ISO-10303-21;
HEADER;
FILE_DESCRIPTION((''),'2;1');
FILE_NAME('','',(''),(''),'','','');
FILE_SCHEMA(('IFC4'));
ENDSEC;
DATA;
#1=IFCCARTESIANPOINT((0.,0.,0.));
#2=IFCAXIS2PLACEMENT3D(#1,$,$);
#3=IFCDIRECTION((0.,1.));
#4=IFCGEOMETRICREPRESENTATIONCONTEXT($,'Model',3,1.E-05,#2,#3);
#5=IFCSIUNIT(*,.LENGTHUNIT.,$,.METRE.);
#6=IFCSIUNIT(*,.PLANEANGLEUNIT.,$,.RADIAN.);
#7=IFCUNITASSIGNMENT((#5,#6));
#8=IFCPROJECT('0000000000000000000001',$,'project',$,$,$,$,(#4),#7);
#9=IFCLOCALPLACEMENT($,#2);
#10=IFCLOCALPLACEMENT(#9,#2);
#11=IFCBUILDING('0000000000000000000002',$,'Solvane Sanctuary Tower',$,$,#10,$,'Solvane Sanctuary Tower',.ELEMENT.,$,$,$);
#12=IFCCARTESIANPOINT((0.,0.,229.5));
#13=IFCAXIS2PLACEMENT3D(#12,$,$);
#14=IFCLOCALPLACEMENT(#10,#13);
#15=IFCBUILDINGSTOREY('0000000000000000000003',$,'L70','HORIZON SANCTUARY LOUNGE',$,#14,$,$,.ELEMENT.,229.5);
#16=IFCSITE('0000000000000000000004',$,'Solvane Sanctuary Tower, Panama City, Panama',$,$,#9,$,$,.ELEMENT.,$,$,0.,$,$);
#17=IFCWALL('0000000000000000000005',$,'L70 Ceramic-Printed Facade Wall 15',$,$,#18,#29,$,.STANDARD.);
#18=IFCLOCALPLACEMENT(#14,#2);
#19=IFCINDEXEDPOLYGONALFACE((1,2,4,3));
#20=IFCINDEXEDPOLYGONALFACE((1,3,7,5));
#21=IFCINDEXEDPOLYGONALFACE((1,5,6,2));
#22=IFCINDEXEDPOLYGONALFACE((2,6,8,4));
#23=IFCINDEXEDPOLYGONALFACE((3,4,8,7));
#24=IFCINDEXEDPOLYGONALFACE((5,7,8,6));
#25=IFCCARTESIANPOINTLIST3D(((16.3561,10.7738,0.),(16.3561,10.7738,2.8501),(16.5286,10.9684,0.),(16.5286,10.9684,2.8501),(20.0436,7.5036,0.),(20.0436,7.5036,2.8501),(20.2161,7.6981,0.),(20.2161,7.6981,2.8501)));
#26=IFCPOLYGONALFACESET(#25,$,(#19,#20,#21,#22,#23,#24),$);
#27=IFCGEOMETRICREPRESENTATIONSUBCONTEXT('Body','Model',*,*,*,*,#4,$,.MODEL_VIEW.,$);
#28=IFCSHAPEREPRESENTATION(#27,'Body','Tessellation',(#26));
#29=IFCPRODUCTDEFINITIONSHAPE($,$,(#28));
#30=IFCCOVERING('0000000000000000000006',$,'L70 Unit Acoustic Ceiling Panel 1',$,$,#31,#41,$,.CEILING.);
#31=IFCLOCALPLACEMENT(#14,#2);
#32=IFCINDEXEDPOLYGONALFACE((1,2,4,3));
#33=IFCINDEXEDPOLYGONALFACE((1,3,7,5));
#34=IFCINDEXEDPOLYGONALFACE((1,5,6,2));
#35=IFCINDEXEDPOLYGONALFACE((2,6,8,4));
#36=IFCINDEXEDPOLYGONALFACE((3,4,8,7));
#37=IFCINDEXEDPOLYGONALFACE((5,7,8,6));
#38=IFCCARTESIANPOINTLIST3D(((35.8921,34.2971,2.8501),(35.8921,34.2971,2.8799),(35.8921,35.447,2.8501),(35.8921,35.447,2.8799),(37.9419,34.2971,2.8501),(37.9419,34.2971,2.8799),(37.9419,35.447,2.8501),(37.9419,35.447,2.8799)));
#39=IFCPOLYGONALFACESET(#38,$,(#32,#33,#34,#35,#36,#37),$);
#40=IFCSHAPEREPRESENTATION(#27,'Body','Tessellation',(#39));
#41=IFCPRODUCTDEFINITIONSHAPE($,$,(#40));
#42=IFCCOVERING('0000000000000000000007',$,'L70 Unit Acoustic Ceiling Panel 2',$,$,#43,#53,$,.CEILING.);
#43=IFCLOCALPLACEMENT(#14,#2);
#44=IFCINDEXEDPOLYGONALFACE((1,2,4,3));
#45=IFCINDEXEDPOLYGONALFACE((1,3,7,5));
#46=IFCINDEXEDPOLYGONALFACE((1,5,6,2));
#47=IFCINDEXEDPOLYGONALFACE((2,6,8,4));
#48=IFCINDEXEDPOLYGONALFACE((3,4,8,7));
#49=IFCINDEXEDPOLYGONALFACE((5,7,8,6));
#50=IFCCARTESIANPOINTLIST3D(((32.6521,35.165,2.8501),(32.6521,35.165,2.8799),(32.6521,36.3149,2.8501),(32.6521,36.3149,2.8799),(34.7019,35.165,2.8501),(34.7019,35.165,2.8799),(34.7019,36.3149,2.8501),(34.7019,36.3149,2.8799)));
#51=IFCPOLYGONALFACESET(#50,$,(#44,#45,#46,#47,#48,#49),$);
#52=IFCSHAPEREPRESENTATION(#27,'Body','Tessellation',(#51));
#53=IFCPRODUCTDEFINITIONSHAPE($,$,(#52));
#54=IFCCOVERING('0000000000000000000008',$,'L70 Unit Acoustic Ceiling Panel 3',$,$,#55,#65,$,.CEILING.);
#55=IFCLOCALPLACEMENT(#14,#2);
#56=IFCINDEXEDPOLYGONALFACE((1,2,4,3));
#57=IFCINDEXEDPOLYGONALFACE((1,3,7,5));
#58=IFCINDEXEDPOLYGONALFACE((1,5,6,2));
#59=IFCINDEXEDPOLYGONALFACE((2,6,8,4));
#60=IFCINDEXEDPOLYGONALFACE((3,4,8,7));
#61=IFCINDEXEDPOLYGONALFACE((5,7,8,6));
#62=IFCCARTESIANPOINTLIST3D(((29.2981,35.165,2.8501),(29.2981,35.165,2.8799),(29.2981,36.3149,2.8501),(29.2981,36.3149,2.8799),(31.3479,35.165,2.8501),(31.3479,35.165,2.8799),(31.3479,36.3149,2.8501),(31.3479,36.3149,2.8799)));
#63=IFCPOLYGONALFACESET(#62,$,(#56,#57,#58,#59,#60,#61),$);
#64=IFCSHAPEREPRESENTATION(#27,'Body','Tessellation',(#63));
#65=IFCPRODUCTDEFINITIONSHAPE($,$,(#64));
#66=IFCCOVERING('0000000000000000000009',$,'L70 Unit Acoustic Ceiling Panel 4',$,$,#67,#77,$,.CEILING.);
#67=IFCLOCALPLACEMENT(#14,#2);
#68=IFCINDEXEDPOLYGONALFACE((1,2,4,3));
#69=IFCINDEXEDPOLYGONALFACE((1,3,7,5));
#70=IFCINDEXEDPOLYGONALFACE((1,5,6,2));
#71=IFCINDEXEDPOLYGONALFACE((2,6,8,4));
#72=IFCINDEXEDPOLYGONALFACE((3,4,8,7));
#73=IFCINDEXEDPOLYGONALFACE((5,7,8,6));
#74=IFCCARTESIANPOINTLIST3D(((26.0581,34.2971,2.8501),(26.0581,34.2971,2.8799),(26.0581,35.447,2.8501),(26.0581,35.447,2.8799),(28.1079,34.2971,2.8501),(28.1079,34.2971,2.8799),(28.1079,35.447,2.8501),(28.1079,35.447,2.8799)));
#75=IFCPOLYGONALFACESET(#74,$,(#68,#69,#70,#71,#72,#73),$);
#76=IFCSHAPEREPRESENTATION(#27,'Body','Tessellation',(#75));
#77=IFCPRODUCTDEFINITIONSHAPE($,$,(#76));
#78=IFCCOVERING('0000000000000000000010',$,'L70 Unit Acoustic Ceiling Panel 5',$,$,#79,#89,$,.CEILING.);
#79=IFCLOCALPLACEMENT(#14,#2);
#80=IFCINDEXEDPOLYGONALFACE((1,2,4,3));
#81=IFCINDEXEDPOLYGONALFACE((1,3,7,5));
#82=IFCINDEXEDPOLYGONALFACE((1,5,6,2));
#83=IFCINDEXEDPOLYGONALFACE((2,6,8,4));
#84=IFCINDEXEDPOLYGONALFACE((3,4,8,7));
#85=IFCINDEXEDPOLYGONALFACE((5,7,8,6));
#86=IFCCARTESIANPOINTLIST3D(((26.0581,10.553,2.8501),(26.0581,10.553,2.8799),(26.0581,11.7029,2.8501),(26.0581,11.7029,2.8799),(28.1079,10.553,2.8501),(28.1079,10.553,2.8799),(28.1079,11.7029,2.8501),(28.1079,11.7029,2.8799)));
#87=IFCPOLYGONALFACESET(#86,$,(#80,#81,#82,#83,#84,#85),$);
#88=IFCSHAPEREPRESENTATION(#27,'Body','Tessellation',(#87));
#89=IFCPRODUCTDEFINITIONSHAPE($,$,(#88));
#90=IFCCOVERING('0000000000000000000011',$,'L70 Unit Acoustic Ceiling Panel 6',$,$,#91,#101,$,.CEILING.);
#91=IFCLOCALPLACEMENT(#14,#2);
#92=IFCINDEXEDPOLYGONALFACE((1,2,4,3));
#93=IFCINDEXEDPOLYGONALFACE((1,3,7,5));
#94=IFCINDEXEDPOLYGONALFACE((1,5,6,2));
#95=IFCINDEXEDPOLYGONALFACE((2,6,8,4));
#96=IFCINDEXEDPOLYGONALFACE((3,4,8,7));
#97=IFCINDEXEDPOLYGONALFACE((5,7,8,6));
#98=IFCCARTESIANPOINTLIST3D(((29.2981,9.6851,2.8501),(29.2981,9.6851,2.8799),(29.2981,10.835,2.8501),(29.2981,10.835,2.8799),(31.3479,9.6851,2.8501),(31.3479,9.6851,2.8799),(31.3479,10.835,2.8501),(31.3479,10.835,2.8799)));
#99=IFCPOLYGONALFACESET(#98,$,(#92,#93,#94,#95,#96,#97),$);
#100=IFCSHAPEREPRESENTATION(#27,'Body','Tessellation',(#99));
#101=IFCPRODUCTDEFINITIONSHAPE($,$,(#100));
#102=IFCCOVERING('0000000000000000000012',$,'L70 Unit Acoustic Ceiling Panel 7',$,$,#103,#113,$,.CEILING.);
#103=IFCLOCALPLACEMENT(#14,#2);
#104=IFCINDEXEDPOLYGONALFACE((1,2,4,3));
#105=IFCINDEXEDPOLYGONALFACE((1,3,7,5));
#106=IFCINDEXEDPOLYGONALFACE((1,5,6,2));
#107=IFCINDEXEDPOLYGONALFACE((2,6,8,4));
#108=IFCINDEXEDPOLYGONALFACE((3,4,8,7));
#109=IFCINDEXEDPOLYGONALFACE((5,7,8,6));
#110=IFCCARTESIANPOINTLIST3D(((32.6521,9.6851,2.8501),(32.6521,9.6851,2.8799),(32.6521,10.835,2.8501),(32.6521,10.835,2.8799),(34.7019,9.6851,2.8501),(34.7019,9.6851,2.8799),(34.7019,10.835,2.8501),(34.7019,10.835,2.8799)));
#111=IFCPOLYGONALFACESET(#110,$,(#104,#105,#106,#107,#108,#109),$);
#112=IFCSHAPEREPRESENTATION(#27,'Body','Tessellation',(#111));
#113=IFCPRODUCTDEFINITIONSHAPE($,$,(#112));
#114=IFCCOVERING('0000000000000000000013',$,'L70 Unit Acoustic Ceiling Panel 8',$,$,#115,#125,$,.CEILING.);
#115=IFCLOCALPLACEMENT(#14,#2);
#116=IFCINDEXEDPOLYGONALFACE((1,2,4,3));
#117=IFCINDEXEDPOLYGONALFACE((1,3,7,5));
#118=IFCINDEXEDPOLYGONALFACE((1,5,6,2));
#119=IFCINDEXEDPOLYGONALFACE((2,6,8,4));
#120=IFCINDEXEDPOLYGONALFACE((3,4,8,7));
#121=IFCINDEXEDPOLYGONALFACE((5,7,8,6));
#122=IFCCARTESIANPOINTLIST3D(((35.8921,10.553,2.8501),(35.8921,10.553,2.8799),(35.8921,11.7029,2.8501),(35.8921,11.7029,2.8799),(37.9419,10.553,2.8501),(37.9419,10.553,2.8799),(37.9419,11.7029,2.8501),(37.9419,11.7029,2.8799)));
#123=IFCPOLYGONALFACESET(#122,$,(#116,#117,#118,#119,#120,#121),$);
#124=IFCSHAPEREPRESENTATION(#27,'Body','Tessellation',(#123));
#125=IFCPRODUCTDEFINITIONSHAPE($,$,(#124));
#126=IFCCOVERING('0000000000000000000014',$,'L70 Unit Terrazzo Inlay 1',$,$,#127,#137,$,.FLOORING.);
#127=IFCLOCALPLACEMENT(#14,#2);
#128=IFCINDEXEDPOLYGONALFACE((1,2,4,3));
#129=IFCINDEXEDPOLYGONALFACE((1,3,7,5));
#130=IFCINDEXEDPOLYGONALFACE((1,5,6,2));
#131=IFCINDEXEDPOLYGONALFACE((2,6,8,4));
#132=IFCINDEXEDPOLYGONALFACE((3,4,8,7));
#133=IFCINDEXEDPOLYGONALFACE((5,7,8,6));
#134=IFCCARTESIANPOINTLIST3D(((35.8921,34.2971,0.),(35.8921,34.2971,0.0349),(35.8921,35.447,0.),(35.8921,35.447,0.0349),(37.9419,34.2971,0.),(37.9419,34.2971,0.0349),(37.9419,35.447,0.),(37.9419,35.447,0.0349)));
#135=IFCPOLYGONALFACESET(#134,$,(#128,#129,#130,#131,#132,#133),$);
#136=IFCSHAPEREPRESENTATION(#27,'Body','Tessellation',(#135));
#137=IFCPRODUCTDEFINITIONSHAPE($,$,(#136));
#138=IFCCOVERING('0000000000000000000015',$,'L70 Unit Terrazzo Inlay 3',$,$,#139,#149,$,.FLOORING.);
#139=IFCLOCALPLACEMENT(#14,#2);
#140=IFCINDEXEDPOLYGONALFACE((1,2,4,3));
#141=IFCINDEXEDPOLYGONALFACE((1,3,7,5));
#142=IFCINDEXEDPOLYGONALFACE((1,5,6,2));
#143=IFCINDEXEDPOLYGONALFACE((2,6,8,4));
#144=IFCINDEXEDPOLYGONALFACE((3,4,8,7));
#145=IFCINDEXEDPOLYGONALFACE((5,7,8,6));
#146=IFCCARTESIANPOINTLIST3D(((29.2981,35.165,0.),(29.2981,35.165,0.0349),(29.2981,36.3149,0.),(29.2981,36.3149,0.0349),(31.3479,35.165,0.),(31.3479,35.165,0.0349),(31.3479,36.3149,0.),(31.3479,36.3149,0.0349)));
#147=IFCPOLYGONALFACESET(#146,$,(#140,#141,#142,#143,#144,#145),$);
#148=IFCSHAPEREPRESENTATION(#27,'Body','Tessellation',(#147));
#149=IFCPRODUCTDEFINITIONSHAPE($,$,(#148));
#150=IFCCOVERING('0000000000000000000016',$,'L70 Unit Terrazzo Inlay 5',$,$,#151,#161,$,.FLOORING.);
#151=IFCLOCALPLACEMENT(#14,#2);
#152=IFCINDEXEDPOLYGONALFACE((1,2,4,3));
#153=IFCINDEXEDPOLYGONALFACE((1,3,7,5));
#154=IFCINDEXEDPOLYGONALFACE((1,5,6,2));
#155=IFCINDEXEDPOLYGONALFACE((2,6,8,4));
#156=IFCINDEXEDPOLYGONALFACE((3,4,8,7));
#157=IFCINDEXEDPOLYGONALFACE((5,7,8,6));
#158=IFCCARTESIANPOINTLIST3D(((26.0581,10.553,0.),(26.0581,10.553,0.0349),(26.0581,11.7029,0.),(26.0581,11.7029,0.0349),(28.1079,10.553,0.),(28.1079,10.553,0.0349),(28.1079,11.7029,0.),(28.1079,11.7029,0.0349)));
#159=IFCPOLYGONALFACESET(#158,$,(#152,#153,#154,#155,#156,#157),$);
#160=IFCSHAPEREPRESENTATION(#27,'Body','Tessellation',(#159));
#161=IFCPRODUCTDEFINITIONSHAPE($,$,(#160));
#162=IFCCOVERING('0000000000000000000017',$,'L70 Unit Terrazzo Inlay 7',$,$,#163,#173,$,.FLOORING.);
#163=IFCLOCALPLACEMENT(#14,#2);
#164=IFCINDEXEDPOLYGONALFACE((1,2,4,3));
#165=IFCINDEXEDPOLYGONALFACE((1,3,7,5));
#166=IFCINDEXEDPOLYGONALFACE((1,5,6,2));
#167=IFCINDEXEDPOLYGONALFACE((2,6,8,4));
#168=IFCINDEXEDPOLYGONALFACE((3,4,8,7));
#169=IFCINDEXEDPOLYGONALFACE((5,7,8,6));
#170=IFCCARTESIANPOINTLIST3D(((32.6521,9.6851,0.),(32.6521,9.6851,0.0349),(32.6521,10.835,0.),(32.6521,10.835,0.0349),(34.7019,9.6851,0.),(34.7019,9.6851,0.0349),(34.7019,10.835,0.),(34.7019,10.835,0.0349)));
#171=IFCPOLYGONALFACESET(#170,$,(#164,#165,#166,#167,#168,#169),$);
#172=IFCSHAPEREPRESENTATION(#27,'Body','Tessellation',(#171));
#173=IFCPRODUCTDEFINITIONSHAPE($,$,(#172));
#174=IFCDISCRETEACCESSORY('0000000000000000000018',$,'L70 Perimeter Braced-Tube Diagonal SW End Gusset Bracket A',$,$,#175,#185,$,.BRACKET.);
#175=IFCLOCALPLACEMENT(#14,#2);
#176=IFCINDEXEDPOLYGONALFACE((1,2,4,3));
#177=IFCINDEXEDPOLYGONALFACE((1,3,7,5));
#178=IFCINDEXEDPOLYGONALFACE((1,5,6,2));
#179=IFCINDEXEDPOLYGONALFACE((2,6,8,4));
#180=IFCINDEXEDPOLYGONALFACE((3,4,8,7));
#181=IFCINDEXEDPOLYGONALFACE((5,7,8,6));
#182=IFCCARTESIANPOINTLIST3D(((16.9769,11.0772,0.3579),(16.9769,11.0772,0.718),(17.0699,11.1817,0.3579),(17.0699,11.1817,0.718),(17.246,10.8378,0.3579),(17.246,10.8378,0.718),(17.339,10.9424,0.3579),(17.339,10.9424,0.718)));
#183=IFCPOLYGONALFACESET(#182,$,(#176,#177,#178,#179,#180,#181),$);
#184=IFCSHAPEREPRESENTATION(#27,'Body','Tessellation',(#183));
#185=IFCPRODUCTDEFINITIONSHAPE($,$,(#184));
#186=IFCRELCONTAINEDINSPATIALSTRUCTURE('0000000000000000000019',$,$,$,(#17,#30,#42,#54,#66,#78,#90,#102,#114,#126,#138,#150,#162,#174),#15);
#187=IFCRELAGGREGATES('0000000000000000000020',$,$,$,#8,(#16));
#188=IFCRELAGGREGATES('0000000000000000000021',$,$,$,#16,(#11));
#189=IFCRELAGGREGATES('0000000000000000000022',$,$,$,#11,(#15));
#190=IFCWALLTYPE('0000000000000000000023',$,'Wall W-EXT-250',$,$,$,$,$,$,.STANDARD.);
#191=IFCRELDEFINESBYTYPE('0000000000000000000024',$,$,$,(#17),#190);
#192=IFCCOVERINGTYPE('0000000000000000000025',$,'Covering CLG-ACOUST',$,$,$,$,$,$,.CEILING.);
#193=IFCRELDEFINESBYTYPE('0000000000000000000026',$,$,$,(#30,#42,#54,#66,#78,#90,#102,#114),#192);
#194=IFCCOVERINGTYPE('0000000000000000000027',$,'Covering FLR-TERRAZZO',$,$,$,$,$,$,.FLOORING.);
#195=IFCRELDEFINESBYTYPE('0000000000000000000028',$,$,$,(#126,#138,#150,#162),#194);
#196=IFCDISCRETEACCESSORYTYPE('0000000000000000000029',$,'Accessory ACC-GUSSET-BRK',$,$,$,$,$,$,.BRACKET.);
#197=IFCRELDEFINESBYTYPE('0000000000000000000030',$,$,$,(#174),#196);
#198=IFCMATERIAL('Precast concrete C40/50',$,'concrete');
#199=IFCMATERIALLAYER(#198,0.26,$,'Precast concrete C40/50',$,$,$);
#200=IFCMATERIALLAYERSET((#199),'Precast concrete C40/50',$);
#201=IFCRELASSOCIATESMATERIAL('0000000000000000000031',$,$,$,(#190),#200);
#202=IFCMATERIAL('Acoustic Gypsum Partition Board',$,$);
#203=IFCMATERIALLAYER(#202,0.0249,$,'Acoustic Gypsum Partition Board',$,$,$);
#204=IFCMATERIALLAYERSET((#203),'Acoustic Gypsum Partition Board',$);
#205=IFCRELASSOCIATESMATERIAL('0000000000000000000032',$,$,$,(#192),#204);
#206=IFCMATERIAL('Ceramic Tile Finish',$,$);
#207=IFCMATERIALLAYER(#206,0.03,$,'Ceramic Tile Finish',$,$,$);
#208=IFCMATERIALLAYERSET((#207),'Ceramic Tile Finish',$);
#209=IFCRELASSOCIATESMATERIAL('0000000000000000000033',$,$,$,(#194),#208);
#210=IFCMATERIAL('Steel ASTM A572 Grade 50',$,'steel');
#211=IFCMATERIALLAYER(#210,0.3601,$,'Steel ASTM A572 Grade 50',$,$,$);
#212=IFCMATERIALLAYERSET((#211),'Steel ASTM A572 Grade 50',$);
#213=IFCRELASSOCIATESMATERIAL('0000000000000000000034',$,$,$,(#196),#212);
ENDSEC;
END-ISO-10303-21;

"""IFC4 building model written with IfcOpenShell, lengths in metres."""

from ifc_helpers import new_model, si_unit, direction, frame, frame_2d, origin, origin_2d, place, context, subcontext, project, spatial, polyline, rectangle, outline, extrude, material, layer, layer_set, type_object, element, save


model = new_model("IFC4")

# Units and contexts
model_context = context("Model", 3, precision=1e-05, world=origin(), true_north=direction((0.0, 1.0)))
body_context = subcontext(model_context, "Body", "Model", "MODEL_VIEW")
ifc_project = project(units=[si_unit("LENGTHUNIT", "METRE"), si_unit("PLANEANGLEUNIT", "RADIAN")], contexts=[model_context])

# Site, building, storey
site_placement = place(None, origin())
site = spatial("IfcSite", under=ifc_project, at=site_placement, Name="Solvane Sanctuary Tower, Panama City, Panama", CompositionType="ELEMENT", RefElevation=0.0)
building_placement = place(site_placement, origin())
building = spatial("IfcBuilding", under=site, at=building_placement, Name="Solvane Sanctuary Tower", LongName="Solvane Sanctuary Tower", CompositionType="ELEMENT")
storey_placement = place(building_placement, frame((0.0, 0.0, 229.5)))
storey = spatial("IfcBuildingStorey", under=building, at=storey_placement, Name="L70", Description="HORIZON SANCTUARY LOUNGE", CompositionType="ELEMENT", Elevation=229.5)

# Wall
ifc_material_1 = material(Name="Precast concrete C40/50", Category="concrete")
ifc_layer_1 = layer(ifc_material_1, 0.26, Name="Precast concrete C40/50")
ifc_layer_set_1 = layer_set([ifc_layer_1], Name="Precast concrete C40/50")
wall_type = type_object("IfcWallType", Name="Wall W-EXT-250", PredefinedType="STANDARD", material=ifc_layer_set_1)
wall_placement = place(storey_placement, frame((16.4424, 10.8711, 0.0), z_axis=(0.0, 0.0, 1.0), x_axis=(0.748166, -0.663512, 0.0)))
element("IfcWall", 1, at=wall_placement, inside=storey, type_object=wall_type, Name="L70 Ceramic-Printed Facade Wall 15", PredefinedType="STANDARD", context=body_context, shape_type="SweptSolid", body=[
    extrude(rectangle(XDim=4.9287, YDim=0.26, at=frame_2d((2.4644, 0.0))), origin(), (0.0, 0.0, 1.0), 2.8501),
])

# Coverings
ifc_material_2 = material(Name="Acoustic Gypsum Partition Board")
ifc_layer_2 = layer(ifc_material_2, 0.0249, Name="Acoustic Gypsum Partition Board")
ifc_layer_set_2 = layer_set([ifc_layer_2], Name="Acoustic Gypsum Partition Board")
covering_type_1 = type_object("IfcCoveringType", Name="Covering CLG-ACOUST", PredefinedType="CEILING", material=ifc_layer_set_2)
covering_1_placement = place(storey_placement, frame((0.0, 0.0, 2.8501)))
element("IfcCovering", 2, at=covering_1_placement, inside=storey, type_object=covering_type_1, Name="L70 Unit Acoustic Ceiling Panel 1", PredefinedType="CEILING", context=body_context, shape_type="SweptSolid", body=[
    extrude(outline(polyline([(35.8921, 34.2971), (37.9419, 34.2971), (37.9419, 35.447), (35.8921, 35.447), (35.8921, 34.2971)])), origin(), (0.0, 0.0, 1.0), 0.0298),
])
covering_2_placement = place(storey_placement, frame((0.0, 0.0, 2.8501)))
element("IfcCovering", 3, at=covering_2_placement, inside=storey, type_object=covering_type_1, Name="L70 Unit Acoustic Ceiling Panel 2", PredefinedType="CEILING", context=body_context, shape_type="SweptSolid", body=[
    extrude(outline(polyline([(32.6521, 35.165), (34.7019, 35.165), (34.7019, 36.3149), (32.6521, 36.3149), (32.6521, 35.165)])), origin(), (0.0, 0.0, 1.0), 0.0298),
])
covering_3_placement = place(storey_placement, frame((0.0, 0.0, 2.8501)))
element("IfcCovering", 4, at=covering_3_placement, inside=storey, type_object=covering_type_1, Name="L70 Unit Acoustic Ceiling Panel 3", PredefinedType="CEILING", context=body_context, shape_type="SweptSolid", body=[
    extrude(outline(polyline([(29.2981, 35.165), (31.3479, 35.165), (31.3479, 36.3149), (29.2981, 36.3149), (29.2981, 35.165)])), origin(), (0.0, 0.0, 1.0), 0.0298),
])
covering_4_placement = place(storey_placement, frame((0.0, 0.0, 2.8501)))
element("IfcCovering", 5, at=covering_4_placement, inside=storey, type_object=covering_type_1, Name="L70 Unit Acoustic Ceiling Panel 4", PredefinedType="CEILING", context=body_context, shape_type="SweptSolid", body=[
    extrude(outline(polyline([(26.0581, 34.2971), (28.1079, 34.2971), (28.1079, 35.447), (26.0581, 35.447), (26.0581, 34.2971)])), origin(), (0.0, 0.0, 1.0), 0.0298),
])
covering_5_placement = place(storey_placement, frame((0.0, 0.0, 2.8501)))
element("IfcCovering", 6, at=covering_5_placement, inside=storey, type_object=covering_type_1, Name="L70 Unit Acoustic Ceiling Panel 5", PredefinedType="CEILING", context=body_context, shape_type="SweptSolid", body=[
    extrude(outline(polyline([(26.0581, 10.553), (28.1079, 10.553), (28.1079, 11.7029), (26.0581, 11.7029), (26.0581, 10.553)])), origin(), (0.0, 0.0, 1.0), 0.0298),
])
covering_6_placement = place(storey_placement, frame((0.0, 0.0, 2.8501)))
element("IfcCovering", 7, at=covering_6_placement, inside=storey, type_object=covering_type_1, Name="L70 Unit Acoustic Ceiling Panel 6", PredefinedType="CEILING", context=body_context, shape_type="SweptSolid", body=[
    extrude(outline(polyline([(29.2981, 9.6851), (31.3479, 9.6851), (31.3479, 10.835), (29.2981, 10.835), (29.2981, 9.6851)])), origin(), (0.0, 0.0, 1.0), 0.0298),
])
covering_7_placement = place(storey_placement, frame((0.0, 0.0, 2.8501)))
element("IfcCovering", 8, at=covering_7_placement, inside=storey, type_object=covering_type_1, Name="L70 Unit Acoustic Ceiling Panel 7", PredefinedType="CEILING", context=body_context, shape_type="SweptSolid", body=[
    extrude(outline(polyline([(32.6521, 9.6851), (34.7019, 9.6851), (34.7019, 10.835), (32.6521, 10.835), (32.6521, 9.6851)])), origin(), (0.0, 0.0, 1.0), 0.0298),
])
covering_8_placement = place(storey_placement, frame((0.0, 0.0, 2.8501)))
element("IfcCovering", 9, at=covering_8_placement, inside=storey, type_object=covering_type_1, Name="L70 Unit Acoustic Ceiling Panel 8", PredefinedType="CEILING", context=body_context, shape_type="SweptSolid", body=[
    extrude(outline(polyline([(35.8921, 10.553), (37.9419, 10.553), (37.9419, 11.7029), (35.8921, 11.7029), (35.8921, 10.553)])), origin(), (0.0, 0.0, 1.0), 0.0298),
])
ifc_material_3 = material(Name="Ceramic Tile Finish")
ifc_layer_3 = layer(ifc_material_3, 0.03, Name="Ceramic Tile Finish")
ifc_layer_set_3 = layer_set([ifc_layer_3], Name="Ceramic Tile Finish")
covering_type_2 = type_object("IfcCoveringType", Name="Covering FLR-TERRAZZO", PredefinedType="FLOORING", material=ifc_layer_set_3)
covering_9_placement = place(storey_placement, origin())
element("IfcCovering", 10, at=covering_9_placement, inside=storey, type_object=covering_type_2, Name="L70 Unit Terrazzo Inlay 1", PredefinedType="FLOORING", context=body_context, shape_type="SweptSolid", body=[
    extrude(outline(polyline([(35.8921, 34.2971), (37.9419, 34.2971), (37.9419, 35.447), (35.8921, 35.447), (35.8921, 34.2971)])), origin(), (0.0, 0.0, 1.0), 0.0349),
])
covering_10_placement = place(storey_placement, origin())
element("IfcCovering", 11, at=covering_10_placement, inside=storey, type_object=covering_type_2, Name="L70 Unit Terrazzo Inlay 3", PredefinedType="FLOORING", context=body_context, shape_type="SweptSolid", body=[
    extrude(outline(polyline([(29.2981, 35.165), (31.3479, 35.165), (31.3479, 36.3149), (29.2981, 36.3149), (29.2981, 35.165)])), origin(), (0.0, 0.0, 1.0), 0.0349),
])
covering_11_placement = place(storey_placement, origin())
element("IfcCovering", 12, at=covering_11_placement, inside=storey, type_object=covering_type_2, Name="L70 Unit Terrazzo Inlay 5", PredefinedType="FLOORING", context=body_context, shape_type="SweptSolid", body=[
    extrude(outline(polyline([(26.0581, 10.553), (28.1079, 10.553), (28.1079, 11.7029), (26.0581, 11.7029), (26.0581, 10.553)])), origin(), (0.0, 0.0, 1.0), 0.0349),
])
covering_12_placement = place(storey_placement, origin())
element("IfcCovering", 13, at=covering_12_placement, inside=storey, type_object=covering_type_2, Name="L70 Unit Terrazzo Inlay 7", PredefinedType="FLOORING", context=body_context, shape_type="SweptSolid", body=[
    extrude(outline(polyline([(32.6521, 9.6851), (34.7019, 9.6851), (34.7019, 10.835), (32.6521, 10.835), (32.6521, 9.6851)])), origin(), (0.0, 0.0, 1.0), 0.0349),
])

# Discrete accessory
ifc_material_4 = material(Name="Steel ASTM A572 Grade 50", Category="steel")
ifc_layer_4 = layer(ifc_material_4, 0.3601, Name="Steel ASTM A572 Grade 50")
ifc_layer_set_4 = layer_set([ifc_layer_4], Name="Steel ASTM A572 Grade 50")
discrete_accessory_type = type_object("IfcDiscreteAccessoryType", Name="Accessory ACC-GUSSET-BRK", PredefinedType="BRACKET", material=ifc_layer_set_4)
discrete_accessory_placement = place(storey_placement, frame((17.158, 11.0098, 0.3579), z_axis=(0.0, 0.0, 1.0), x_axis=(0.747218, -0.664579, 0.0)))
element("IfcDiscreteAccessory", 14, at=discrete_accessory_placement, inside=storey, type_object=discrete_accessory_type, Name="L70 Perimeter Braced-Tube Diagonal SW End Gusset Bracket A", PredefinedType="BRACKET", context=body_context, shape_type="SweptSolid", body=[
    extrude(rectangle(XDim=0.3601, YDim=0.1399, at=origin_2d()), origin(), (0.0, 0.0, 1.0), 0.3601),
])

save(model, "model.ifc")
